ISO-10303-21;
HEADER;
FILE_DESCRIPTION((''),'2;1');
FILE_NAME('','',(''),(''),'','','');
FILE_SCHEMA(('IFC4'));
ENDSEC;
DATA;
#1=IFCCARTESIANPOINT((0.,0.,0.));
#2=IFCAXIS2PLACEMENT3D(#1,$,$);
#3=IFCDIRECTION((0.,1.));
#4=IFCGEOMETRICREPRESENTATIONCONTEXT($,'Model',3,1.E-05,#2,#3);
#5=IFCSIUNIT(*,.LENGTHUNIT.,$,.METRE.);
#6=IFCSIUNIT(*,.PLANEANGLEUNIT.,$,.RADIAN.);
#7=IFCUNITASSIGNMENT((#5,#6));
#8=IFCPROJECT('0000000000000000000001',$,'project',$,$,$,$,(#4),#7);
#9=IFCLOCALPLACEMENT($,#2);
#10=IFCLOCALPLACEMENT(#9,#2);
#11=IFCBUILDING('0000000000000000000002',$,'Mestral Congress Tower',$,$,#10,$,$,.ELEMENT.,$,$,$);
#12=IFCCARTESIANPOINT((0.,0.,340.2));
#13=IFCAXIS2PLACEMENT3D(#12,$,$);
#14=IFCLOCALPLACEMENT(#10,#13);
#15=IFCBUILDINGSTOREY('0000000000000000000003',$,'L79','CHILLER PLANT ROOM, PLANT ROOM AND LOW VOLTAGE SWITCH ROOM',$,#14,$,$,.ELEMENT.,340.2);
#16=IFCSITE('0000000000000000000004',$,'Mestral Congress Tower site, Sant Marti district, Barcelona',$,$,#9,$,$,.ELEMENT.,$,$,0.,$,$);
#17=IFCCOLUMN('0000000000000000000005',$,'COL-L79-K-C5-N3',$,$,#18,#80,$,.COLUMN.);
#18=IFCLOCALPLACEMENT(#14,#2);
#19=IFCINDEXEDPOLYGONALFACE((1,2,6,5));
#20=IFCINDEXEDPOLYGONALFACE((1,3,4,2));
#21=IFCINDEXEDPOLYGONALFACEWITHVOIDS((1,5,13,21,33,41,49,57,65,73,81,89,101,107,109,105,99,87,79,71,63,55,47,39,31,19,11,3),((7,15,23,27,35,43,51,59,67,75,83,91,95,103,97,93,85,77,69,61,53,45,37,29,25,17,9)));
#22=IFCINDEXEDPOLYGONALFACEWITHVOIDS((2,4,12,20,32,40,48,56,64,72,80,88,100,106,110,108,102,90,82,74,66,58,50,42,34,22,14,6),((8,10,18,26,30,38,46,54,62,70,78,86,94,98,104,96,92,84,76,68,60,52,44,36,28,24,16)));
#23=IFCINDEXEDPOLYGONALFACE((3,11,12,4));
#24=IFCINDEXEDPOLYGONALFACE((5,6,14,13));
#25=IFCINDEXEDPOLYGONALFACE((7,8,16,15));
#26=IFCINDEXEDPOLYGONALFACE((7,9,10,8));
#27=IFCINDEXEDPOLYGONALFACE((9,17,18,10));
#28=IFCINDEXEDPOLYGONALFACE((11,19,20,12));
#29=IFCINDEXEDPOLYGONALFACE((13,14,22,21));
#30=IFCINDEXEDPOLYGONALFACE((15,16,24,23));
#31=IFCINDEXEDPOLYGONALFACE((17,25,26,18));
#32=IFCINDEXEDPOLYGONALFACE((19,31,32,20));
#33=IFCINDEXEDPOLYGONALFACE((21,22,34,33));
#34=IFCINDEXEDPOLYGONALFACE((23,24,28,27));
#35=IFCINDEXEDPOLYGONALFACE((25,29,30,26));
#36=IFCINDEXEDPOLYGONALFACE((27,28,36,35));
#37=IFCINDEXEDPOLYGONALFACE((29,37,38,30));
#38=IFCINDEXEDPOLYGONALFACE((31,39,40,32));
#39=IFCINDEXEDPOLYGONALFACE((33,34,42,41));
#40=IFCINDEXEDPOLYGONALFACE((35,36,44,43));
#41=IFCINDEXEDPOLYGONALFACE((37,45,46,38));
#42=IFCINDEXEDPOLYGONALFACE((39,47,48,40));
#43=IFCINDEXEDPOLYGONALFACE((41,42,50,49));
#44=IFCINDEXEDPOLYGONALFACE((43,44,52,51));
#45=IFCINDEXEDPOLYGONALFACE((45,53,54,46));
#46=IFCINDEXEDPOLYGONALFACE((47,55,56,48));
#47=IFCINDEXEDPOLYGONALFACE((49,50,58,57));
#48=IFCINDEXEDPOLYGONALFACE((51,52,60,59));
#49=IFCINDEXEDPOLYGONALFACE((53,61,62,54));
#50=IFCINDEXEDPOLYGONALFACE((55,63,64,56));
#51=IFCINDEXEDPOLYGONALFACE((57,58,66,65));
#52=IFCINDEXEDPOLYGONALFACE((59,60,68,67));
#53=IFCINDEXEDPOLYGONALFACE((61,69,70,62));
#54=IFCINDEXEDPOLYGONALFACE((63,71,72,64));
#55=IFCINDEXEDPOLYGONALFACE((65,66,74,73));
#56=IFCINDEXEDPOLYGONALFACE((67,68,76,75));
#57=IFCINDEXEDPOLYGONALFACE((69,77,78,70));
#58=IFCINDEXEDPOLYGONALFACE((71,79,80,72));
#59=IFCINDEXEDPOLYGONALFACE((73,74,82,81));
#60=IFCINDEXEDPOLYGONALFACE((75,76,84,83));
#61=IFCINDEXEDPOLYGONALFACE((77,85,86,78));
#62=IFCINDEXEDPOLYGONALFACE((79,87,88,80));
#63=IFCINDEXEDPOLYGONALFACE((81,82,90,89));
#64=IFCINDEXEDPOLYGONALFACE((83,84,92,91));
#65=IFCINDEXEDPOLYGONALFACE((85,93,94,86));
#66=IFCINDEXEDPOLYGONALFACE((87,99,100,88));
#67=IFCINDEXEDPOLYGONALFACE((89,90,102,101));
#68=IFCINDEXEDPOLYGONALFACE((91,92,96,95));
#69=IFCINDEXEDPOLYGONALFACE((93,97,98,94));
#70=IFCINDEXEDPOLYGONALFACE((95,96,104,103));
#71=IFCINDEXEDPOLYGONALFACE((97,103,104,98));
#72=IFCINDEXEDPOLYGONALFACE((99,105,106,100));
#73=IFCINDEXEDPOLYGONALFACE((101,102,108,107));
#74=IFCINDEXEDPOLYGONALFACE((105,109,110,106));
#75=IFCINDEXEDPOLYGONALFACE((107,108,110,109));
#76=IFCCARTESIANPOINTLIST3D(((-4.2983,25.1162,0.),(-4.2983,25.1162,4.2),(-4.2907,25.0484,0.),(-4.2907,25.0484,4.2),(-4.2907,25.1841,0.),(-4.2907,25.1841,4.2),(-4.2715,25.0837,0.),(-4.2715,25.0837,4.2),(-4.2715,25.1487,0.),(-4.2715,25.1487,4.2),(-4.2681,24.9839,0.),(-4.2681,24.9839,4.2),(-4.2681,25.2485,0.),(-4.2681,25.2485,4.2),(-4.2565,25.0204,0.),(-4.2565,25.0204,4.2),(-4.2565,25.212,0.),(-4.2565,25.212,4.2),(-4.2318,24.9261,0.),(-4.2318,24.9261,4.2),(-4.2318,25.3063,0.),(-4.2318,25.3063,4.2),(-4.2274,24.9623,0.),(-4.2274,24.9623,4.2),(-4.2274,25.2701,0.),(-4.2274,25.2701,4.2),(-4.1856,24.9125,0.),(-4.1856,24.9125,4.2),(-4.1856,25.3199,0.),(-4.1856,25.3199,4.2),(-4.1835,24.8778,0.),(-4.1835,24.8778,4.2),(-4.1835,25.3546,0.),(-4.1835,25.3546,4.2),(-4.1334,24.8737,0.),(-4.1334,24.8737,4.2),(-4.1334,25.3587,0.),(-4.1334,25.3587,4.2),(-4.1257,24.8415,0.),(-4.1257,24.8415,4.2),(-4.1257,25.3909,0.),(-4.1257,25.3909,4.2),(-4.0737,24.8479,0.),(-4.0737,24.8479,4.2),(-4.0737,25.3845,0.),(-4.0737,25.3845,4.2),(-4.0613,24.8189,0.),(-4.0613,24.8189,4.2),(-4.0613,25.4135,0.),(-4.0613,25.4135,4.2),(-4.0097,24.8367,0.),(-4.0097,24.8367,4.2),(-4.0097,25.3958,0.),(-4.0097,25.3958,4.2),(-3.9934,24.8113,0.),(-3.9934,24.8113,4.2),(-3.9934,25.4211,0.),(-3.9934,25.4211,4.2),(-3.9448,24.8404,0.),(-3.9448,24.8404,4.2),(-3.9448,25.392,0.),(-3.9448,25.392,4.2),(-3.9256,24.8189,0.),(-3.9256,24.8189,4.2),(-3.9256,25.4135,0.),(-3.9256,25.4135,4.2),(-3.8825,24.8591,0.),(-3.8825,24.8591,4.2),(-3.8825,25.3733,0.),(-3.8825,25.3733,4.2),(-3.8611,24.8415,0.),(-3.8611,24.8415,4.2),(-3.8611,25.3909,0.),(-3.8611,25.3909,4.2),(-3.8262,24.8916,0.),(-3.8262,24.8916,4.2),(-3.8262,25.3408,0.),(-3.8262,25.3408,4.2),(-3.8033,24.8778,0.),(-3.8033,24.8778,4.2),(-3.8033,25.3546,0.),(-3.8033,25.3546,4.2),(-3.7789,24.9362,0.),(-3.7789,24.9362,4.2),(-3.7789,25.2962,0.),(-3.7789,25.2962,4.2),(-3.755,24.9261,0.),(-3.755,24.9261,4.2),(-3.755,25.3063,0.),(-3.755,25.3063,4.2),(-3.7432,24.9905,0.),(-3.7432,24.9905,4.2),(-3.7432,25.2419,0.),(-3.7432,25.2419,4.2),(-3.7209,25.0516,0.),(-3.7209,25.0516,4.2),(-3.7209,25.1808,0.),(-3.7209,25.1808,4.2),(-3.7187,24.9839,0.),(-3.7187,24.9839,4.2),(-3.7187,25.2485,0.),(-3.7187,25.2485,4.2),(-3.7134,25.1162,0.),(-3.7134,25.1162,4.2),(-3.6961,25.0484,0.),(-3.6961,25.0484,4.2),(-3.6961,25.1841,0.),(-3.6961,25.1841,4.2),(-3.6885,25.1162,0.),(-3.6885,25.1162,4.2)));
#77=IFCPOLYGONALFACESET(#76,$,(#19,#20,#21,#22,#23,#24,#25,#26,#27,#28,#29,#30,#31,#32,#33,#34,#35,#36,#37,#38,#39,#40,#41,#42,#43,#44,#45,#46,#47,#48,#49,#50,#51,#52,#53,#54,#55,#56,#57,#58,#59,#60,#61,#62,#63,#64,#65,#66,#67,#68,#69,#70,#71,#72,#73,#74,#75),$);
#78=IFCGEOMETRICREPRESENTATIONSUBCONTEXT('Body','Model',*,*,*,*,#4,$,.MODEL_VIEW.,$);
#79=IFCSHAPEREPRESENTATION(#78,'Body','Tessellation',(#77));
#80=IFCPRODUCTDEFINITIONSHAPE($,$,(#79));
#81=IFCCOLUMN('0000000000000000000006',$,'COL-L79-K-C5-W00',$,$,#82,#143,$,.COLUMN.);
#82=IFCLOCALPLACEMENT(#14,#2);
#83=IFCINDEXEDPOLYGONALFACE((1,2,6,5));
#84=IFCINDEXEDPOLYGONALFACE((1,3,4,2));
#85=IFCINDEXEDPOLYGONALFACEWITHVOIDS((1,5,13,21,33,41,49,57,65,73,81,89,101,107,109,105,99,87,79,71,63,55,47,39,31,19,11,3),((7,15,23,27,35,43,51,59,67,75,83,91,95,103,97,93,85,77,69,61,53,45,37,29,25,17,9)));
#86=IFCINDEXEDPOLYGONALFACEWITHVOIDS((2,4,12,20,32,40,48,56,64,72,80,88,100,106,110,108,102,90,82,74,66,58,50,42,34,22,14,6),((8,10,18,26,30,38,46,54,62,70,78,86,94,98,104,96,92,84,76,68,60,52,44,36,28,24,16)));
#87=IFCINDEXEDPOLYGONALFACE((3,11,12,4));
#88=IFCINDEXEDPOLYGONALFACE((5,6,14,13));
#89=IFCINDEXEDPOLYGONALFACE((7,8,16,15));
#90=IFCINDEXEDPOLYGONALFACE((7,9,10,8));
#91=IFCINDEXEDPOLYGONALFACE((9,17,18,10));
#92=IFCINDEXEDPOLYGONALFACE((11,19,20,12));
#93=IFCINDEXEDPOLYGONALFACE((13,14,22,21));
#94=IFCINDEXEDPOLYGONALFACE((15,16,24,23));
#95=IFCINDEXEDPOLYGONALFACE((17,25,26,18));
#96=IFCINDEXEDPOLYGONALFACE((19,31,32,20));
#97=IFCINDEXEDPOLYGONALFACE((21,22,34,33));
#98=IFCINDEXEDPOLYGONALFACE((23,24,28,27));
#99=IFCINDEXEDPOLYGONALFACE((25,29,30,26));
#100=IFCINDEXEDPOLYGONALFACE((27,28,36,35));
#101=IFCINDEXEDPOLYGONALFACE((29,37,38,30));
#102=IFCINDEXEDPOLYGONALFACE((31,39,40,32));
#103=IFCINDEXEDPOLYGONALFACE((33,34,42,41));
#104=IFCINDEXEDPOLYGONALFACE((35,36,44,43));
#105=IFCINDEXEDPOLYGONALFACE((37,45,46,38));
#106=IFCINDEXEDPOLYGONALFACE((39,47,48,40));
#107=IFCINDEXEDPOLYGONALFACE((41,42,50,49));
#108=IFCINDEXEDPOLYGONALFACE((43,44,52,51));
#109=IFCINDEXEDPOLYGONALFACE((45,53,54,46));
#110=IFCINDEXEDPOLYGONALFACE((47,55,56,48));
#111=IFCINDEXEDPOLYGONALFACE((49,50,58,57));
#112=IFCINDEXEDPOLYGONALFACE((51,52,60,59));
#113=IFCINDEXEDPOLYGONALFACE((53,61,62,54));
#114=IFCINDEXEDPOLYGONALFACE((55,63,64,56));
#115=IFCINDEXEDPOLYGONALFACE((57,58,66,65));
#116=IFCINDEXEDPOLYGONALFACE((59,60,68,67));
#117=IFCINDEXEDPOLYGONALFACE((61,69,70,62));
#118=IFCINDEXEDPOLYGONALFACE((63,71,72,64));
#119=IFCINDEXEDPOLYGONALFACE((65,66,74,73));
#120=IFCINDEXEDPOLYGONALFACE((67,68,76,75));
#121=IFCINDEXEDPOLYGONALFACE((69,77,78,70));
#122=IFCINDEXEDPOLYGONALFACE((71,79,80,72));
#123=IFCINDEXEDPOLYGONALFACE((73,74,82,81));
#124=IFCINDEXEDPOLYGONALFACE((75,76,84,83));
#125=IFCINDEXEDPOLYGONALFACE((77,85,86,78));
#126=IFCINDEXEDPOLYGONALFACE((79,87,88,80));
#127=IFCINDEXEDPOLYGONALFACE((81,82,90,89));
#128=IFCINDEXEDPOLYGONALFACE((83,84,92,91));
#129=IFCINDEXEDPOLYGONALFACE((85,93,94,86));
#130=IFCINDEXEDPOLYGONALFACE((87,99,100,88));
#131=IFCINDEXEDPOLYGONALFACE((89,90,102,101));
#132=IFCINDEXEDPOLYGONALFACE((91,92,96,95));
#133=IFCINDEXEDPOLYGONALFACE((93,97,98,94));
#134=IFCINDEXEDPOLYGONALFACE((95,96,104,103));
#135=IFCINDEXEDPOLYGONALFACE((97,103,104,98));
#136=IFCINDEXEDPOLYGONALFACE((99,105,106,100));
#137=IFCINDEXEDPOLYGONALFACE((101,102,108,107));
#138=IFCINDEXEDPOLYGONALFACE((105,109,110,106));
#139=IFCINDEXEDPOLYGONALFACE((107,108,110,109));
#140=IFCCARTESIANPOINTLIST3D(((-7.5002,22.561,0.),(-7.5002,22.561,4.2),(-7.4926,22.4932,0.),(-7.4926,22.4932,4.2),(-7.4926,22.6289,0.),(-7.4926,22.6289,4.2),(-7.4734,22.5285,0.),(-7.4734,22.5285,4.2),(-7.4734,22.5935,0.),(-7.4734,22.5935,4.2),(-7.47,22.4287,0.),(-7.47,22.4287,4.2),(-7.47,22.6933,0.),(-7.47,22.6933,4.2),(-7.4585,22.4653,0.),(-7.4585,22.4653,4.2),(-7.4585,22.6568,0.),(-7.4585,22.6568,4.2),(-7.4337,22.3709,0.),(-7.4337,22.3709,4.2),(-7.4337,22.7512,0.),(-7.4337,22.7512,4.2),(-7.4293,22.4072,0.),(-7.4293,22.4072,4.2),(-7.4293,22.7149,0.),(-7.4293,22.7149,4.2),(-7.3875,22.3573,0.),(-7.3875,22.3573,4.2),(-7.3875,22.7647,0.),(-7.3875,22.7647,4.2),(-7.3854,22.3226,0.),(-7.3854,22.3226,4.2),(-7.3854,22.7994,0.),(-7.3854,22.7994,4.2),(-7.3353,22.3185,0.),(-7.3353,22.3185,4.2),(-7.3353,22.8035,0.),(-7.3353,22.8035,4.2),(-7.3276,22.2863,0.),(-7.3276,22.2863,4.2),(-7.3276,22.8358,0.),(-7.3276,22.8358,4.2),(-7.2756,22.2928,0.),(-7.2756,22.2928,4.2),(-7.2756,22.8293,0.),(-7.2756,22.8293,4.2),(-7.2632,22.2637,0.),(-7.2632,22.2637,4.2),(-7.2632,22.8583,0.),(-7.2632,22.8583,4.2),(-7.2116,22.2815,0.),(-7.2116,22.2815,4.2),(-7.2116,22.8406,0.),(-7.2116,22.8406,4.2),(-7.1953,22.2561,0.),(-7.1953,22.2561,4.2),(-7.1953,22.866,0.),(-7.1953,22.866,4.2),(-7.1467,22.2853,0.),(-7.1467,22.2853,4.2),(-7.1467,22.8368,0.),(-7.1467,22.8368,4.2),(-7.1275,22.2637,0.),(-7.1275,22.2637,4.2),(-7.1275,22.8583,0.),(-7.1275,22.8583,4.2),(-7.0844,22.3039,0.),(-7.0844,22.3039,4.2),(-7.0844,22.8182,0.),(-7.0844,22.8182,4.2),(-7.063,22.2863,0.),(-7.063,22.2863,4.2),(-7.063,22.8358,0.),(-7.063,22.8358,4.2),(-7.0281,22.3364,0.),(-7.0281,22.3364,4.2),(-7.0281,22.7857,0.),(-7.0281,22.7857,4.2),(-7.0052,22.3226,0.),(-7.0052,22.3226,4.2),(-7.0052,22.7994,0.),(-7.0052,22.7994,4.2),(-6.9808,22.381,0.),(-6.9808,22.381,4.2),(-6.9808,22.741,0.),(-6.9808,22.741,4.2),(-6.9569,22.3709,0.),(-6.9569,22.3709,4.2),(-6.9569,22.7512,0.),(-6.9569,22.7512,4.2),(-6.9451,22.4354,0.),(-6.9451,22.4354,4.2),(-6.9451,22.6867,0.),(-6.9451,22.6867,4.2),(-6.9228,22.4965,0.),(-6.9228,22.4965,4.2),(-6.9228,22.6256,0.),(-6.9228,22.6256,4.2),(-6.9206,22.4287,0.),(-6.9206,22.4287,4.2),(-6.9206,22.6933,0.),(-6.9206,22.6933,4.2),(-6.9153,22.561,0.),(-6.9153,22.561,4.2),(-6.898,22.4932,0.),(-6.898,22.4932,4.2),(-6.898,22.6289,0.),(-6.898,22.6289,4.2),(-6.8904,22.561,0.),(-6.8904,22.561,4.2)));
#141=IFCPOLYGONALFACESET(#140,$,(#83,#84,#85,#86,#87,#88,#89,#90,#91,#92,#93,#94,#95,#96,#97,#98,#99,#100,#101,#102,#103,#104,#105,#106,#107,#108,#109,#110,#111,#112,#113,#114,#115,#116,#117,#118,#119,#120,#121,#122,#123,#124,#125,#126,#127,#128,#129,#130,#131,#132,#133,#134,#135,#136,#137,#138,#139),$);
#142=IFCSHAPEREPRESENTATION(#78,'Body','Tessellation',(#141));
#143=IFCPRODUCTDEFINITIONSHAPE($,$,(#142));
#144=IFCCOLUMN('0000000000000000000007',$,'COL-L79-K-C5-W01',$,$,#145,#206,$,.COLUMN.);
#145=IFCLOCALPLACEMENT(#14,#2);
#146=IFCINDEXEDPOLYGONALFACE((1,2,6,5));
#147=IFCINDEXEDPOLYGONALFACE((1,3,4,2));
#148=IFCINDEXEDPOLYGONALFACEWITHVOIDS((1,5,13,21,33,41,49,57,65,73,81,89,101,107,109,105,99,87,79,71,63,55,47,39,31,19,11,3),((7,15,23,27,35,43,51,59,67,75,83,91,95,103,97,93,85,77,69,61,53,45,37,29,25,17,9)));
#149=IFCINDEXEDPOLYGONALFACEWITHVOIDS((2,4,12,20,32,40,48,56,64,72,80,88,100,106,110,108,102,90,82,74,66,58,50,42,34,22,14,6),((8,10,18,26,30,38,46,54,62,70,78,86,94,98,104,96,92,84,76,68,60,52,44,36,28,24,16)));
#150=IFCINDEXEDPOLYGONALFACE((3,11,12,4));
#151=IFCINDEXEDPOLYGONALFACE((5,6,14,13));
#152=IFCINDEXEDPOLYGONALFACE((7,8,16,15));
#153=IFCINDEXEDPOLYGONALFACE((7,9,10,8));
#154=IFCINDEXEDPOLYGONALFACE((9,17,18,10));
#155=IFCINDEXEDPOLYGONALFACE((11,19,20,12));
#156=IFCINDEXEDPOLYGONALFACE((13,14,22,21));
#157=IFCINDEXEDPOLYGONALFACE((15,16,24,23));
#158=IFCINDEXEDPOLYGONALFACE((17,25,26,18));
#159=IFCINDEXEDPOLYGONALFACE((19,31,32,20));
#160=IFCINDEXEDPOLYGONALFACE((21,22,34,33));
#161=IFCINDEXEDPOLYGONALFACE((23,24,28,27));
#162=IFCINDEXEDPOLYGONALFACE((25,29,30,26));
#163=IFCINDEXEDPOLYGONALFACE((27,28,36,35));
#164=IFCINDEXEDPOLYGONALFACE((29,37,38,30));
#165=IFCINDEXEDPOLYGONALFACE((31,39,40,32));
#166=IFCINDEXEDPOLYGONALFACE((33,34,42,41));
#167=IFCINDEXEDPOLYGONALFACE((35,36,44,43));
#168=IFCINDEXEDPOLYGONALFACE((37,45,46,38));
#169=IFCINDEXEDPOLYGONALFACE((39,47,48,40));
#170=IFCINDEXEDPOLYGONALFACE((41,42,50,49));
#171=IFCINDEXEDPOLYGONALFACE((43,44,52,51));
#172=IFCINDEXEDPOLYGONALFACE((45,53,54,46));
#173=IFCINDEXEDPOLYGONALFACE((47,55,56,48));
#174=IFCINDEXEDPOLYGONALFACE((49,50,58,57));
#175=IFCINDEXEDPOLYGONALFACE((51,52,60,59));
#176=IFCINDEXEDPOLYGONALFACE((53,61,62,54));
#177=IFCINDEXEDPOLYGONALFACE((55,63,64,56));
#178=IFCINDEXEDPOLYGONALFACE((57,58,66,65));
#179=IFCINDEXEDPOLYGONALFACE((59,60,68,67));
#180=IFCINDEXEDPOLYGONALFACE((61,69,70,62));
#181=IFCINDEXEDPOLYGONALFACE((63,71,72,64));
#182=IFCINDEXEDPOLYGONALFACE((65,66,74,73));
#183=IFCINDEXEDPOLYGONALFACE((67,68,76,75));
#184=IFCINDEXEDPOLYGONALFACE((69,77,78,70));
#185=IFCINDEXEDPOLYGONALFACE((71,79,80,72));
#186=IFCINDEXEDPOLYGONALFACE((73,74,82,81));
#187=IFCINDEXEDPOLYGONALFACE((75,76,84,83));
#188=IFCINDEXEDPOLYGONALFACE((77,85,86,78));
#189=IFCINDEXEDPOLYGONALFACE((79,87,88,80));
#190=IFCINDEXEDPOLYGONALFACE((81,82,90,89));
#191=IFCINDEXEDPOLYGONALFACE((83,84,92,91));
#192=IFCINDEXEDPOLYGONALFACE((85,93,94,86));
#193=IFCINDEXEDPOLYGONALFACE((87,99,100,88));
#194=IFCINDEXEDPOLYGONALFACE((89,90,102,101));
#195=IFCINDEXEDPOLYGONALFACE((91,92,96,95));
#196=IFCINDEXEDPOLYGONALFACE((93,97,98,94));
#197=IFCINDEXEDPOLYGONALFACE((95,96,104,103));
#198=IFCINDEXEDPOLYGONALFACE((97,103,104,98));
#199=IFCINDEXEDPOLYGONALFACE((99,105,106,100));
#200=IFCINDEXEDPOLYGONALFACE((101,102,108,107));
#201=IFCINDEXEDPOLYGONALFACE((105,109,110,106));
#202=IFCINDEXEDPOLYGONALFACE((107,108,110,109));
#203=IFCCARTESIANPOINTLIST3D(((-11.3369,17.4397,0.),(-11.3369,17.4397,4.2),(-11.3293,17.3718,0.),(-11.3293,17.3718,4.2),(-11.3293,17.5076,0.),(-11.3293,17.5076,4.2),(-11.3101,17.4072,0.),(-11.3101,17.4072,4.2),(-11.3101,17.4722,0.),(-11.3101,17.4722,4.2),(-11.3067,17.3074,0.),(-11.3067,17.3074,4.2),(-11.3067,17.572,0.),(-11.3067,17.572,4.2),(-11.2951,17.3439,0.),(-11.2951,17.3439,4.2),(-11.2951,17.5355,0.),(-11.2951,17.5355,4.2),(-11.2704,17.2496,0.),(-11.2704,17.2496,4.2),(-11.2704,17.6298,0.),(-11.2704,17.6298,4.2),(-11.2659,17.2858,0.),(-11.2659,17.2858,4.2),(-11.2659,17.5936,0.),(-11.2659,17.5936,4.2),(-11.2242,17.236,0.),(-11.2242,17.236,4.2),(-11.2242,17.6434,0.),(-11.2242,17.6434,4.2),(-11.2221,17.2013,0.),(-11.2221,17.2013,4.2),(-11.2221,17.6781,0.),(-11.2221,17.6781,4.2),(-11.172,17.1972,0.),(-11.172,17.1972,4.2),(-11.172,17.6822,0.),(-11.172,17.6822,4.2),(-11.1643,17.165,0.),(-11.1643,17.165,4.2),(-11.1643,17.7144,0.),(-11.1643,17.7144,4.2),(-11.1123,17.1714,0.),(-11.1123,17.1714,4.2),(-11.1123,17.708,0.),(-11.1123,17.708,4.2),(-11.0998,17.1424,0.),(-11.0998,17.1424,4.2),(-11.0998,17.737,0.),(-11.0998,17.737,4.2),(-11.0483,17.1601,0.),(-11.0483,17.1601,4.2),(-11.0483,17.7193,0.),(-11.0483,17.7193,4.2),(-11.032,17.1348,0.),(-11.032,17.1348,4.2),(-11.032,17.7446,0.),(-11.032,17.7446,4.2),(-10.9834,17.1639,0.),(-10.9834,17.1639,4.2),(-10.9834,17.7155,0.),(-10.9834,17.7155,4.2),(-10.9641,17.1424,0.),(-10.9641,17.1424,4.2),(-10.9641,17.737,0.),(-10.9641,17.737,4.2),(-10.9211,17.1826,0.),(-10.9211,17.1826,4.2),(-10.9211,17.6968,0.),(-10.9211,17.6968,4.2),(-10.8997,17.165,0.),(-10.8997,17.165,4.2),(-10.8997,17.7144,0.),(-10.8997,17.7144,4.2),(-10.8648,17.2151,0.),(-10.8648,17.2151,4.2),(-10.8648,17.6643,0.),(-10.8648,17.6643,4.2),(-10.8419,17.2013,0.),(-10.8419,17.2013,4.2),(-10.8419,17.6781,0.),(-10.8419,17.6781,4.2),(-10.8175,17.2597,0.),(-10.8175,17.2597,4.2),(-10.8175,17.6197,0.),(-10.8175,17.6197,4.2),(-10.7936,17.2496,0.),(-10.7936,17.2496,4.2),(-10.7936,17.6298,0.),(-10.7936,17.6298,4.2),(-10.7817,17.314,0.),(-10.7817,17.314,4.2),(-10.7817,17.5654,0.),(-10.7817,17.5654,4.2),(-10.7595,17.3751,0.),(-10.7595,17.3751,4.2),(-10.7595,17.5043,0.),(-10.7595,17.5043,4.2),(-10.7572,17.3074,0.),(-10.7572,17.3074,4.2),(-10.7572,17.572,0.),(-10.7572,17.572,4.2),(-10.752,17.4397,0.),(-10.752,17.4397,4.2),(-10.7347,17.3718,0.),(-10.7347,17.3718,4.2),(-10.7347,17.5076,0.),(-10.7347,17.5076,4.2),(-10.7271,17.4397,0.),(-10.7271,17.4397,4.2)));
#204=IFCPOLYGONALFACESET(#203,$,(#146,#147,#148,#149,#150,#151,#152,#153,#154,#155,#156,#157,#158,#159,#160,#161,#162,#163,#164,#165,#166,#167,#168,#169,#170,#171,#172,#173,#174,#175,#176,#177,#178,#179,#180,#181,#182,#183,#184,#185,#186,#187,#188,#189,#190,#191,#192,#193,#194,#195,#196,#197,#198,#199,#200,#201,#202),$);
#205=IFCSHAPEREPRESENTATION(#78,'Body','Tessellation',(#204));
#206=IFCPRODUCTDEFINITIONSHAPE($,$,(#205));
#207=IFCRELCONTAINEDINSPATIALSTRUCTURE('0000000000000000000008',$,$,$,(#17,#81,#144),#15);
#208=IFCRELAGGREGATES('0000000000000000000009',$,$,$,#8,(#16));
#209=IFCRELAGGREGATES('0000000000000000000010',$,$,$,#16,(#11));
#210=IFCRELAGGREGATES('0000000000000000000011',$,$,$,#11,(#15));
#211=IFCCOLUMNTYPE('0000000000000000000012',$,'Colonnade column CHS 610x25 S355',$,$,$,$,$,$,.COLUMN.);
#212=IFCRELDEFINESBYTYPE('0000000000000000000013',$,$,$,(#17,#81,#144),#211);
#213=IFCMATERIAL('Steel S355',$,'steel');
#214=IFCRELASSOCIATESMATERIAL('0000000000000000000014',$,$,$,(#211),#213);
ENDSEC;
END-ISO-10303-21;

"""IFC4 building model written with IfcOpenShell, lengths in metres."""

from ifc_helpers import new_model, si_unit, direction, frame, origin, origin_2d, place, context, subcontext, project, spatial, hollow_circle, extrude, material, material_profile, profile_set, type_object, element, save


model = new_model("IFC4")

# Units and contexts
model_context = context("Model", 3, precision=1e-05, world=origin(), true_north=direction((0.0, 1.0)))
body_context = subcontext(model_context, "Body", "Model", "MODEL_VIEW")
ifc_project = project(units=[si_unit("LENGTHUNIT", "METRE"), si_unit("PLANEANGLEUNIT", "RADIAN")], contexts=[model_context])

# Site, building, storey
site_placement = place(None, origin())
site = spatial("IfcSite", under=ifc_project, at=site_placement, Name="Mestral Congress Tower site, Sant Marti district, Barcelona", CompositionType="ELEMENT", RefElevation=0.0)
building_placement = place(site_placement, origin())
building = spatial("IfcBuilding", under=site, at=building_placement, Name="Mestral Congress Tower", CompositionType="ELEMENT")
storey_placement = place(building_placement, frame((0.0, 0.0, 340.2)))
storey = spatial("IfcBuildingStorey", under=building, at=storey_placement, Name="L79", Description="CHILLER PLANT ROOM, PLANT ROOM AND LOW VOLTAGE SWITCH ROOM", CompositionType="ELEMENT", Elevation=340.2)

# Columns
ifc_material_1 = material(Name="Steel S355", Category="steel")
ifc_material_profile_1 = material_profile(ifc_material_1, hollow_circle(Radius=0.3049, WallThickness=0.0249, at=origin_2d()), Name="CHS 610x25")
ifc_profile_set_1 = profile_set([ifc_material_profile_1], Name="Steel S355")
column_type_1 = type_object("IfcColumnType", Name="Colonnade column CHS 610x25 S355", PredefinedType="COLUMN", material=ifc_profile_set_1)
for number, where, z_axis, x_axis, name in (
    (1, (-3.9934, 25.1162, 0.0), (0.0, 0.0, 1.0), (1.0, 0.0, 0.0), "COL-L79-K-C5-N3"),
    (2, (-7.1953, 22.561, 0.0), (0.0, 0.0, 1.0), (1.0, 0.0, 0.0), "COL-L79-K-C5-W00"),
    (3, (-11.032, 17.4397, 0.0), (0.0, 0.0, 1.0), (1.0, 0.0, 0.0), "COL-L79-K-C5-W01"),
):
    element("IfcColumn", number, at=place(storey_placement, frame(where, z_axis=z_axis, x_axis=x_axis)), inside=storey, type_object=column_type_1, Name=name, PredefinedType="COLUMN", context=body_context, shape_type="SweptSolid", body=[
        extrude(hollow_circle(Radius=0.3049, WallThickness=0.0249, at=origin_2d()), origin(), (0.0, 0.0, 1.0), 4.2),
    ])

save(model, "model.ifc")
